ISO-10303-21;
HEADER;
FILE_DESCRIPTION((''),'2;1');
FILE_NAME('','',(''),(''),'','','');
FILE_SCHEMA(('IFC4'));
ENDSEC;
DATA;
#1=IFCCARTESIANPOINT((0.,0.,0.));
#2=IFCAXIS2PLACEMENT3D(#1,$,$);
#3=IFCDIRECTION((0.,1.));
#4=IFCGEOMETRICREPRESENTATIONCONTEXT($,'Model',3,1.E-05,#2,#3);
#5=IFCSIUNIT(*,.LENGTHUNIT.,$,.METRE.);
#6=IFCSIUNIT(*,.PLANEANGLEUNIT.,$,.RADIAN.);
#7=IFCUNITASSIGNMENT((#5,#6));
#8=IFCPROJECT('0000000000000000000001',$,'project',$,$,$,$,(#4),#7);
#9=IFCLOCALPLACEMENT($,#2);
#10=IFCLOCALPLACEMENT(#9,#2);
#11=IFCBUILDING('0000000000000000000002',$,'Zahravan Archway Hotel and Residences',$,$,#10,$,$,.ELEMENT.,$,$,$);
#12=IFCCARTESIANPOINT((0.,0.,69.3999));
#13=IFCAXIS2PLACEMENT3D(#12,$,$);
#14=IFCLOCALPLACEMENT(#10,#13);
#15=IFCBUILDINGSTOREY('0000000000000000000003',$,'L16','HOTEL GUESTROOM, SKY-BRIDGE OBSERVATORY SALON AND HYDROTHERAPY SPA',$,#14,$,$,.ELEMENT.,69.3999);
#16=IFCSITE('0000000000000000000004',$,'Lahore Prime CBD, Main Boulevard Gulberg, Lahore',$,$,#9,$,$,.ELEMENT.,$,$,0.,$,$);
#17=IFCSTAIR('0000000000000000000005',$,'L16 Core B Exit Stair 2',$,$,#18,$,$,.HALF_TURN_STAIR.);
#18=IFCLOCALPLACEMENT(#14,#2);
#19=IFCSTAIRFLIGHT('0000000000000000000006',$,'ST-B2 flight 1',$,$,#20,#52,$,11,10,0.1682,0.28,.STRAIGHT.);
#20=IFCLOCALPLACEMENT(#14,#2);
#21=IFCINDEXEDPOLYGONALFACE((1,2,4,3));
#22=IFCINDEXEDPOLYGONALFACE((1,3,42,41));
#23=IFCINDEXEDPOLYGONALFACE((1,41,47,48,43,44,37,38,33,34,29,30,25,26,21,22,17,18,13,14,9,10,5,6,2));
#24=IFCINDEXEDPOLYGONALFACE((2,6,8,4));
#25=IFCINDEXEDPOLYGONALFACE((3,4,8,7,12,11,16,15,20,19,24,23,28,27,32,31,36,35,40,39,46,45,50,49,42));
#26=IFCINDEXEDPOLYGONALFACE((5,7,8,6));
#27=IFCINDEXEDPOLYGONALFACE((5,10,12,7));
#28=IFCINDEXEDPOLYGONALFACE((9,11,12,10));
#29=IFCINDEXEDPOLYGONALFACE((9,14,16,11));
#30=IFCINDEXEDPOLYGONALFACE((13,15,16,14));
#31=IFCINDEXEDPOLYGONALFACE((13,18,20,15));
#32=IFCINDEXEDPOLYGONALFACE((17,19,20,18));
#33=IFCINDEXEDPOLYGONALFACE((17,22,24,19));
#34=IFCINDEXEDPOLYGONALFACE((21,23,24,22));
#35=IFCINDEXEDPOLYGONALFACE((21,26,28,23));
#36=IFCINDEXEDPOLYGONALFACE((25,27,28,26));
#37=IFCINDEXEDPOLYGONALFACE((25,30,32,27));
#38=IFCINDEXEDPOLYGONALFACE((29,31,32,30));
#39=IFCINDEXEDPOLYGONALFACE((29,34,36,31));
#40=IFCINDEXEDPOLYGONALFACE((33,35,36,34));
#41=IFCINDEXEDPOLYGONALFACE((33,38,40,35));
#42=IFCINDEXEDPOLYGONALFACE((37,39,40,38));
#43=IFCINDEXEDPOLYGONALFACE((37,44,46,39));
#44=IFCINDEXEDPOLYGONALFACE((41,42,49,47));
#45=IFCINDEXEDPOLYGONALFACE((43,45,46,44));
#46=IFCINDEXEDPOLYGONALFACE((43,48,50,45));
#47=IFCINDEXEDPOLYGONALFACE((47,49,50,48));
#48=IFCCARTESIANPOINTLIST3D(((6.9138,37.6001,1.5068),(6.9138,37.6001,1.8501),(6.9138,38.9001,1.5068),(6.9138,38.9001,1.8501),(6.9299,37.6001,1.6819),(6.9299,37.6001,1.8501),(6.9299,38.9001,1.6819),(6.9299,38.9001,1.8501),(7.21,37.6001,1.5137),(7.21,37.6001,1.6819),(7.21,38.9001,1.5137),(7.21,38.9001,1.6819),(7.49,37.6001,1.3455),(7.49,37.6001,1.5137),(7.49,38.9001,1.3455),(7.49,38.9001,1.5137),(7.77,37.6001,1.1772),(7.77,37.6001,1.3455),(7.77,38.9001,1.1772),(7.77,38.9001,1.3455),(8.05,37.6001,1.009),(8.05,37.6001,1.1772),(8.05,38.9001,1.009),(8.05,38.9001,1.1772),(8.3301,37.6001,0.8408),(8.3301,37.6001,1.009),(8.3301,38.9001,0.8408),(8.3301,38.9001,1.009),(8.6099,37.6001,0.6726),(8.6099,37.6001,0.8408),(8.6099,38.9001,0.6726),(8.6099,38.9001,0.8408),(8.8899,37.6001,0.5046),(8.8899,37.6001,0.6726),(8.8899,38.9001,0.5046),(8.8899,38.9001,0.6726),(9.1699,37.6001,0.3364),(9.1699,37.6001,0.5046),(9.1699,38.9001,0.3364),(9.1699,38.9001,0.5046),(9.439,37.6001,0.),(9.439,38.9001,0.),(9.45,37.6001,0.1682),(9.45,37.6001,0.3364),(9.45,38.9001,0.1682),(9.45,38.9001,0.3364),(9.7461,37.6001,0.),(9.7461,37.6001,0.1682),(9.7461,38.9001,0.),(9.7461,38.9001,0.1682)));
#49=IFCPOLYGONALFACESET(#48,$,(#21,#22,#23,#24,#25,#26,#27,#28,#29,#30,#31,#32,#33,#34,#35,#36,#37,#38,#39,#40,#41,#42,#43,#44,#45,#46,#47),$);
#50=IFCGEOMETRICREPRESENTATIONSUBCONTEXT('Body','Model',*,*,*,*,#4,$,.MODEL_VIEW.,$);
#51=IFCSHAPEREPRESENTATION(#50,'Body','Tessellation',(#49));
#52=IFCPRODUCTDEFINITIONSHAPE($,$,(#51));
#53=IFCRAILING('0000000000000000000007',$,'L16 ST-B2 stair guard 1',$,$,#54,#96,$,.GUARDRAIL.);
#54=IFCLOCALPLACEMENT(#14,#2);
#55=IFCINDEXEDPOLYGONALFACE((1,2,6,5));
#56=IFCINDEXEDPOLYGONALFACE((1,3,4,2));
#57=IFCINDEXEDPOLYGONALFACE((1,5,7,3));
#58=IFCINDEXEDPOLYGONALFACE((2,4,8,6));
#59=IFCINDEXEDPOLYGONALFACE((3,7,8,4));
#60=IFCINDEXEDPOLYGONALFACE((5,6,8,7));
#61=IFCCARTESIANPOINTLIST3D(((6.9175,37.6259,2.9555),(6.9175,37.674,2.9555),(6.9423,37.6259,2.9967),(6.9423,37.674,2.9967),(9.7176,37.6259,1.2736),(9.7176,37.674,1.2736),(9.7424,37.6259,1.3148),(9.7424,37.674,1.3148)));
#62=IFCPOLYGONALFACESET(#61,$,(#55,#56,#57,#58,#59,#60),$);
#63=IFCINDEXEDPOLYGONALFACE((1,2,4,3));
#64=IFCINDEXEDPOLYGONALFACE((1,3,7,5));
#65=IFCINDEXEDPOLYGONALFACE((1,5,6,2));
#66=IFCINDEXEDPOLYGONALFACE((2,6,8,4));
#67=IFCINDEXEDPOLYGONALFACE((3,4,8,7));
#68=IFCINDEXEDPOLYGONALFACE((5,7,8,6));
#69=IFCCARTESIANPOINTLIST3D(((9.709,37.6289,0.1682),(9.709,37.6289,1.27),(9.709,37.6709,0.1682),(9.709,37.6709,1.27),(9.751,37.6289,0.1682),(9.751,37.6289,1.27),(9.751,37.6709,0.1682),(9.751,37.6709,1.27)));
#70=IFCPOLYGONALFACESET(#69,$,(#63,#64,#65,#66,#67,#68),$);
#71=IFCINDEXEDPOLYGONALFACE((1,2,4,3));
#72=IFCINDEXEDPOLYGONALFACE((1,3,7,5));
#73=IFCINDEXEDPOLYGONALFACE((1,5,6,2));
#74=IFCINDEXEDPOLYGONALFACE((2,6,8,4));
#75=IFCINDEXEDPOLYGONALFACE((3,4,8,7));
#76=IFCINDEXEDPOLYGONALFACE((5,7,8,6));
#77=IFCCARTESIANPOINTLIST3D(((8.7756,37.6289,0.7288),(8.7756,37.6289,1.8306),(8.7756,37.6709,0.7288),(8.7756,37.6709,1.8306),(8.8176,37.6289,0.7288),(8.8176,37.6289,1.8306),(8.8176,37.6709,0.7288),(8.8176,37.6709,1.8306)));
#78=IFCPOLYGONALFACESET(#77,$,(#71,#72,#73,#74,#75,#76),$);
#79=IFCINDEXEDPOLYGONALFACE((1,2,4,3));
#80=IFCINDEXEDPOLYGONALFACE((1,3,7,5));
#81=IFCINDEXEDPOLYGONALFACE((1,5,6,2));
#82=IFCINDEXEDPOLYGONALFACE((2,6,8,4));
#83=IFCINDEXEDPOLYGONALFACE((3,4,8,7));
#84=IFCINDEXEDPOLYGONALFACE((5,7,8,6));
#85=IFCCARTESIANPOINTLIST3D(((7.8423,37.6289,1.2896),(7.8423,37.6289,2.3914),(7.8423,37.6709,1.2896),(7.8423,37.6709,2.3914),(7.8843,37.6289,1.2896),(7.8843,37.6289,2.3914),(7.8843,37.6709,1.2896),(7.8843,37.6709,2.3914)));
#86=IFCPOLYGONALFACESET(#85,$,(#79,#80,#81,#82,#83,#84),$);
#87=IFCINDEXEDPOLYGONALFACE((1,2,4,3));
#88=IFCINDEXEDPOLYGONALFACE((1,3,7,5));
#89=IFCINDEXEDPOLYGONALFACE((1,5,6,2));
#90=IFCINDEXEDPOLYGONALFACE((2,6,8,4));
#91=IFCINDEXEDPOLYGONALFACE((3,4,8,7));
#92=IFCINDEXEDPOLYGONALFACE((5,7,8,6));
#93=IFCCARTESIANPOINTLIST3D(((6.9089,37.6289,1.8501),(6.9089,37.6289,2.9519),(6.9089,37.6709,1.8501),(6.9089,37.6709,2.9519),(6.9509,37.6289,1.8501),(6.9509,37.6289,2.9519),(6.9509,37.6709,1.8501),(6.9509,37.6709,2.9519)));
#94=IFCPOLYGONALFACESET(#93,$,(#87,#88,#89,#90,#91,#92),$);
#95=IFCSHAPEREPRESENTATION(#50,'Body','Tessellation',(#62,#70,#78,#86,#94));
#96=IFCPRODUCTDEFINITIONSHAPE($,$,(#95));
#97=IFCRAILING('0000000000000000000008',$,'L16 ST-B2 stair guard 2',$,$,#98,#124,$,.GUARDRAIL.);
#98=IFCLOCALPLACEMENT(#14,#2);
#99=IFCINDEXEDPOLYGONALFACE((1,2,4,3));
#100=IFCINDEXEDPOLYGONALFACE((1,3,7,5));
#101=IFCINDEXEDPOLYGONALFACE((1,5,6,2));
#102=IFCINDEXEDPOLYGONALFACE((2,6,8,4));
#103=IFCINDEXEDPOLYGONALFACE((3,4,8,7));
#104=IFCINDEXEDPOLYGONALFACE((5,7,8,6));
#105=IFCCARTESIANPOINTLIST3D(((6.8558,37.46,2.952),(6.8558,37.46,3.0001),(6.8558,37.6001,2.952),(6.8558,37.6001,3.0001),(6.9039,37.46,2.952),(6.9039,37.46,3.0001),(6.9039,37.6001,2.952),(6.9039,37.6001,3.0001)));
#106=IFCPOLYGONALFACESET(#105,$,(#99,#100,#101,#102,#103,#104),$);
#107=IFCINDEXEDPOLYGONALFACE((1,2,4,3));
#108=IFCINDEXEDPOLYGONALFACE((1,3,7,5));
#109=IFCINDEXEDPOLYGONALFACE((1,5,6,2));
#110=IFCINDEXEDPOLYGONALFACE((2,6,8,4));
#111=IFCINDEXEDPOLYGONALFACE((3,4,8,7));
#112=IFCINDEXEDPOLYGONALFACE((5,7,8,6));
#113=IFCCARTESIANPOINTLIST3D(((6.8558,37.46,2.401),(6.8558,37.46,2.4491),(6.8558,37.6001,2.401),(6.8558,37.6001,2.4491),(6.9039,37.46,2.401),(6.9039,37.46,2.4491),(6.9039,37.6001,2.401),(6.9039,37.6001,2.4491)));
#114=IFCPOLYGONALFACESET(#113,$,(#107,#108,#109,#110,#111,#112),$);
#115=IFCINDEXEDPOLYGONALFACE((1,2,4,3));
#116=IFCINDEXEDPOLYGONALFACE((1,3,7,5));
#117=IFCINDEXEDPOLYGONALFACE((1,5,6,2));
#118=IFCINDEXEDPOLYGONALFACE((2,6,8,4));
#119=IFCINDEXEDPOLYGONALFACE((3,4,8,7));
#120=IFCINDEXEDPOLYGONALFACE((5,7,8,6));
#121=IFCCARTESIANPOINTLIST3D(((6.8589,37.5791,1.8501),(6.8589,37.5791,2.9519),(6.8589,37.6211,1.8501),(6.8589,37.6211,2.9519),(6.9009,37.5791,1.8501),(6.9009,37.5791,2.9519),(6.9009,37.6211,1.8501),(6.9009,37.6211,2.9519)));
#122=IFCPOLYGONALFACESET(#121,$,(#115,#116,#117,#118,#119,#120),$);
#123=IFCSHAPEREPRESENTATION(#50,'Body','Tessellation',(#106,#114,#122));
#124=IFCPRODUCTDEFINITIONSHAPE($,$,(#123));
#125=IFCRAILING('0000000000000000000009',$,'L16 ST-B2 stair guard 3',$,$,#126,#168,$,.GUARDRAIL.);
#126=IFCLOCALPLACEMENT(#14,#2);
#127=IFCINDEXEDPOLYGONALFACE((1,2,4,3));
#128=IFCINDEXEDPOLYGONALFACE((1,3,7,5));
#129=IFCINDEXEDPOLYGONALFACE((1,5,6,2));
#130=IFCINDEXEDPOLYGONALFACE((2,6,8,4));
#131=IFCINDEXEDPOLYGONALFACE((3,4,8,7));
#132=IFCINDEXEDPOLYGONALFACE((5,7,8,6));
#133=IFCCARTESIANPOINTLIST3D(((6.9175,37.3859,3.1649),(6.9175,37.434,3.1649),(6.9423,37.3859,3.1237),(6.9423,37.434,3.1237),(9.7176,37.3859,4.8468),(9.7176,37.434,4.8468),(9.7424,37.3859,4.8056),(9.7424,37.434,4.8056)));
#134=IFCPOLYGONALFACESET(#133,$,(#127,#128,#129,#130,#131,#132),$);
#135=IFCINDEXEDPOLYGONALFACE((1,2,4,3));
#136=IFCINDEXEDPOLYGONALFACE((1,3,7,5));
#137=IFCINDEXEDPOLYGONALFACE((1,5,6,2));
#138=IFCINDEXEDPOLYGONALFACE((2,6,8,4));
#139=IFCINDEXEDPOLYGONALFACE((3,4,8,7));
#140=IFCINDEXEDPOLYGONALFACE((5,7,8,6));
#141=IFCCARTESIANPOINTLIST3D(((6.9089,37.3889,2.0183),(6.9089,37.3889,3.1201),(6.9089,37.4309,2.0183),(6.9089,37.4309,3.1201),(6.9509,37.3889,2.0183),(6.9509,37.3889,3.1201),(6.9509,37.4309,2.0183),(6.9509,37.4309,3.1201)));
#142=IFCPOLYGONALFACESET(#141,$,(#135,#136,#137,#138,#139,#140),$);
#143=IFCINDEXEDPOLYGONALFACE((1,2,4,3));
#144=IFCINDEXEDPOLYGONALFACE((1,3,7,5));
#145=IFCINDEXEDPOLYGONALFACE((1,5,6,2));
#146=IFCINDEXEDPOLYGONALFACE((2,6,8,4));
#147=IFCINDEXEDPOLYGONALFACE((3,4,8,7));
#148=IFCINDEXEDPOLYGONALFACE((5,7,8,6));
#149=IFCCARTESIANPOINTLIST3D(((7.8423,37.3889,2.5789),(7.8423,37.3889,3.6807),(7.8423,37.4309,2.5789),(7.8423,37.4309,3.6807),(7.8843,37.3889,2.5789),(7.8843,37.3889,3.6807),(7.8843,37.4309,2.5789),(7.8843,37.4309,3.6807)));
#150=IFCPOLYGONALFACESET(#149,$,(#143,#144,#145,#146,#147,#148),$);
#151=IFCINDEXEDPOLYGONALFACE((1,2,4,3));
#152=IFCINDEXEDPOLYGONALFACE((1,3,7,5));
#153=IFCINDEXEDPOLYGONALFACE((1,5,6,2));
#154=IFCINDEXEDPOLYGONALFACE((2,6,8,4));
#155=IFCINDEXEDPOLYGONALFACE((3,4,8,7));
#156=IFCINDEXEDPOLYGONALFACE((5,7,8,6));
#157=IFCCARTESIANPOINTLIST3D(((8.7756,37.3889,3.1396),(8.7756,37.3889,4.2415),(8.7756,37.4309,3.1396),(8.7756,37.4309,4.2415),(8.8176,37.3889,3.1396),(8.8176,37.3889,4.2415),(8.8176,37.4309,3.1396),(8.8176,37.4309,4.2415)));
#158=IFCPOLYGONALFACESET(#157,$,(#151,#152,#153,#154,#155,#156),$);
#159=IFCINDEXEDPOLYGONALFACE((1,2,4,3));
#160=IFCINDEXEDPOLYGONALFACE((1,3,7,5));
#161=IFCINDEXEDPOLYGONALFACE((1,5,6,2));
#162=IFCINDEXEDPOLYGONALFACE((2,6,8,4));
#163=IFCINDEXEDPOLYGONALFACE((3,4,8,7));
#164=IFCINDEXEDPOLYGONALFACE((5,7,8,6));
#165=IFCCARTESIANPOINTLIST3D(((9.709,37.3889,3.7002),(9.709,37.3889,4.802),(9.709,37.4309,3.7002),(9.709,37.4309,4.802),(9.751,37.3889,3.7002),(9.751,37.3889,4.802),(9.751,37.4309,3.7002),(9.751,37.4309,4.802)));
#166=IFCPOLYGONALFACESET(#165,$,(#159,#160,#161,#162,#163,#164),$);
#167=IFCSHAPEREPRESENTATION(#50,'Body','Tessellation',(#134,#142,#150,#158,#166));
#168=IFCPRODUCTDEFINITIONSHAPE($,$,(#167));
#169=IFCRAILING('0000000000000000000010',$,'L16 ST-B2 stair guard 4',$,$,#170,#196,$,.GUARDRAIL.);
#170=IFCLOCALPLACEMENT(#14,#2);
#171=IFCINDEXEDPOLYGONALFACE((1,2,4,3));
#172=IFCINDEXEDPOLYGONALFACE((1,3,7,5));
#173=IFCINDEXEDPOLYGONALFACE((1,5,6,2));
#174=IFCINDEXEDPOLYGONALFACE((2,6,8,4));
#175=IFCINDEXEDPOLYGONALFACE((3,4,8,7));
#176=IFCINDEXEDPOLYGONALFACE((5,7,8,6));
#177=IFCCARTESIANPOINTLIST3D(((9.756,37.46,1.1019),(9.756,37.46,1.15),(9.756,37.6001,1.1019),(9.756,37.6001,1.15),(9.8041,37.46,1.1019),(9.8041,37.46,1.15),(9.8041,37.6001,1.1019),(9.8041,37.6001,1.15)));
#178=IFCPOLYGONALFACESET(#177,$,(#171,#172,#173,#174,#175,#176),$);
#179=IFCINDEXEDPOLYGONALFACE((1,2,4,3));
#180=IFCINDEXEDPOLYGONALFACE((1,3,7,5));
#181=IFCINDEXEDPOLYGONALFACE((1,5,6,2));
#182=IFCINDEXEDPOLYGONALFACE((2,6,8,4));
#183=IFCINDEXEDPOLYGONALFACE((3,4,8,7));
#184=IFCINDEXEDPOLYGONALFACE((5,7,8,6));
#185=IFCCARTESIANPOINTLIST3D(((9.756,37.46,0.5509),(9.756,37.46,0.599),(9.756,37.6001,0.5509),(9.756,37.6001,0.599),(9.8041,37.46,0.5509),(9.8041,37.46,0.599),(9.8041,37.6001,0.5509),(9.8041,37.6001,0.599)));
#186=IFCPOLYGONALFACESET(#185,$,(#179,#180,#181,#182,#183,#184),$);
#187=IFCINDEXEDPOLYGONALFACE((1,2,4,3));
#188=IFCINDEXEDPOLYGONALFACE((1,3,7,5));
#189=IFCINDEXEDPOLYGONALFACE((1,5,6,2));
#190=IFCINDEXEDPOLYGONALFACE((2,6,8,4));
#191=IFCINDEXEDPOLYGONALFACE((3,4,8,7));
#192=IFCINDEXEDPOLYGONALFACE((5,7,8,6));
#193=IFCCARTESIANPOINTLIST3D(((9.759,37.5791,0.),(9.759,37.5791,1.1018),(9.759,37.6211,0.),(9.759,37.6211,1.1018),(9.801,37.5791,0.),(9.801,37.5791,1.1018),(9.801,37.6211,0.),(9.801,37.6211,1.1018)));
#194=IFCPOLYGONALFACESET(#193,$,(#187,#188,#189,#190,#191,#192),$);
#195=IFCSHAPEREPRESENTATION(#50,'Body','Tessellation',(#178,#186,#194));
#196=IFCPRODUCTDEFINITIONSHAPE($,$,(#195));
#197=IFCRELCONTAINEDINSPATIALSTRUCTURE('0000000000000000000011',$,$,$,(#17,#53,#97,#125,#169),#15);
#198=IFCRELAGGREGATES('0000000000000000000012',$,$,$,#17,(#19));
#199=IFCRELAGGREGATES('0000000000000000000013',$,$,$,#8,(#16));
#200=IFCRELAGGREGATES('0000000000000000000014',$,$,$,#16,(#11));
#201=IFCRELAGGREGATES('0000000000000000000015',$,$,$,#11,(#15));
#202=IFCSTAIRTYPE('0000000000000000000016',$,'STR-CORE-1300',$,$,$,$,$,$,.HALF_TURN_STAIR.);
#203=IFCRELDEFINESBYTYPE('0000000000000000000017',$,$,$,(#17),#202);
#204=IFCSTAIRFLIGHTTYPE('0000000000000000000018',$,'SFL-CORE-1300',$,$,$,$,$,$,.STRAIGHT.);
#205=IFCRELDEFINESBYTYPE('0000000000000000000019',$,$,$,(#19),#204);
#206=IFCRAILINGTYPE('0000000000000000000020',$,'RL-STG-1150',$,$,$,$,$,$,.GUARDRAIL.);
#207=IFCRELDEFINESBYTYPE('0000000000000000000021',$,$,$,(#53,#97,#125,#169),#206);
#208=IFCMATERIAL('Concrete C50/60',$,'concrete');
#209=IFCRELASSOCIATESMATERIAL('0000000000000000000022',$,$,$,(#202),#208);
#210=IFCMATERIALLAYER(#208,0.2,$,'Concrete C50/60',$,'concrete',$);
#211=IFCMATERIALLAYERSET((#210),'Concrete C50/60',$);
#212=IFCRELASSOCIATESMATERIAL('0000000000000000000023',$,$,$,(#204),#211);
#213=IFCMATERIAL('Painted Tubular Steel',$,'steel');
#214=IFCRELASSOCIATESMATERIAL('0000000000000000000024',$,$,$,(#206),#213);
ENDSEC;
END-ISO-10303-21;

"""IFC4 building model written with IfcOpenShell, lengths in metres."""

from ifc_helpers import new_model, si_unit, direction, frame, origin, origin_2d, place, context, subcontext, project, spatial, polyline, rectangle, outline, extrude, source, transform, mapped, material, layer, layer_set, type_object, element, aggregate, save


model = new_model("IFC4")

# Units and contexts
model_context = context("Model", 3, precision=1e-05, world=origin(), true_north=direction((0.0, 1.0)))
body_context = subcontext(model_context, "Body", "Model", "MODEL_VIEW")
ifc_project = project(units=[si_unit("LENGTHUNIT", "METRE"), si_unit("PLANEANGLEUNIT", "RADIAN")], contexts=[model_context])

# Site, building, storey
site_placement = place(None, origin())
site = spatial("IfcSite", under=ifc_project, at=site_placement, Name="Lahore Prime CBD, Main Boulevard Gulberg, Lahore", CompositionType="ELEMENT", RefElevation=0.0)
building_placement = place(site_placement, origin())
building = spatial("IfcBuilding", under=site, at=building_placement, Name="Zahravan Archway Hotel and Residences", CompositionType="ELEMENT")
storey_placement = place(building_placement, frame((0.0, 0.0, 69.3999)))
storey = spatial("IfcBuildingStorey", under=building, at=storey_placement, Name="L16", Description="HOTEL GUESTROOM, SKY-BRIDGE OBSERVATORY SALON AND HYDROTHERAPY SPA", CompositionType="ELEMENT", Elevation=69.3999)

# Shared definitions
ifc_material_1 = material(Name="Concrete C50/60", Category="concrete")

# Stair, stair flight
stair_type = type_object("IfcStairType", Name="STR-CORE-1300", PredefinedType="HALF_TURN_STAIR", material=ifc_material_1)
stair_placement = place(storey_placement, origin())
stair = element("IfcStair", 1, at=stair_placement, inside=storey, type_object=stair_type, Name="L16 Core B Exit Stair 2", PredefinedType="HALF_TURN_STAIR")
ifc_layer_1 = layer(ifc_material_1, 0.2, Name="Concrete C50/60", Category="concrete")
ifc_layer_set_1 = layer_set([ifc_layer_1], Name="Concrete C50/60")
stair_flight_type = type_object("IfcStairFlightType", Name="SFL-CORE-1300", PredefinedType="STRAIGHT", material=ifc_layer_set_1)
shared_shape_1 = source(origin(), body_context, "Body", "SweptSolid", [
    extrude(outline(polyline([(-0.0161, 0.0), (-0.0161, 0.1682), (0.28, 0.1682), (0.28, 0.3364), (0.5601, 0.3364), (0.5601, 0.5046), (0.8401, 0.5046), (0.8401, 0.6726), (1.1201, 0.6726), (1.1201, 0.8408), (1.3999, 0.8408), (1.3999, 1.009), (1.6799, 1.009), (1.6799, 1.1772), (1.96, 1.1772), (1.96, 1.3455), (2.24, 1.3455), (2.24, 1.5137), (2.52, 1.5137), (2.52, 1.6819), (2.8, 1.6819), (2.8, 1.8501), (2.8162, 1.8501), (2.8162, 1.5068), (0.291, 0.0), (-0.0161, 0.0)])), frame((0.0, 0.6499, 0.0), z_axis=(0.0, -1.0, 0.0), x_axis=(1.0, 0.0, 0.0)), (0.0, 0.0, 1.0), 1.3),
])
stair_flight_placement = place(storey_placement, frame((9.73, 38.25, 0.0), z_axis=(0.0, 0.0, 1.0), x_axis=(-1.0, 0.0, 0.0)))
stair_flight = element("IfcStairFlight", 2, at=stair_flight_placement, type_object=stair_flight_type, Name="ST-B2 flight 1", NumberOfRisers=11, NumberOfTreads=10, PredefinedType="STRAIGHT", RiserHeight=0.1682, TreadLength=0.28, context=body_context, shape_type="MappedRepresentation", body=[
    mapped(shared_shape_1, transform((0.0, 0.0, 0.0), scale=1.0)),
])
aggregate(stair, [stair_flight])

# Railings
ifc_material_2 = material(Name="Painted Tubular Steel", Category="steel")
railing_type_1 = type_object("IfcRailingType", Name="RL-STG-1150", PredefinedType="GUARDRAIL", material=ifc_material_2)
railing_1_placement = place(storey_placement, frame((9.73, 37.6499, 0.1682)))
element("IfcRailing", 3, at=railing_1_placement, inside=storey, type_object=railing_type_1, Name="L16 ST-B2 stair guard 1", PredefinedType="GUARDRAIL", context=body_context, shape_type="SweptSolid", body=[
    extrude(rectangle(XDim=0.0481, YDim=0.0481, at=origin_2d()), frame((0.0, 0.0, 1.126), z_axis=(-0.857242, 0.0, 0.514913), x_axis=(0.0, -1.0, 0.0)), (0.0, 0.0, 1.0), 3.2664),
    extrude(rectangle(XDim=0.042, YDim=0.042, at=origin_2d()), origin(), (0.0, 0.0, 1.0), 1.1018),
    extrude(rectangle(XDim=0.042, YDim=0.042, at=origin_2d()), frame((-0.9333, 0.0, 0.5605)), (0.0, 0.0, 1.0), 1.1018),
    extrude(rectangle(XDim=0.042, YDim=0.042, at=origin_2d()), frame((-1.8667, 0.0, 1.1213)), (0.0, 0.0, 1.0), 1.1018),
    extrude(rectangle(XDim=0.042, YDim=0.042, at=origin_2d()), frame((-2.8, 0.0, 1.6819)), (0.0, 0.0, 1.0), 1.1018),
])
railing_2_placement = place(storey_placement, frame((6.8799, 37.6001, 1.8501)))
element("IfcRailing", 4, at=railing_2_placement, inside=storey, type_object=railing_type_1, Name="L16 ST-B2 stair guard 2", PredefinedType="GUARDRAIL", context=body_context, shape_type="SweptSolid", body=[
    extrude(rectangle(XDim=0.0481, YDim=0.0481, at=origin_2d()), frame((0.0, 0.0, 1.126), z_axis=(0.0, -1.0, 0.0), x_axis=(1.0, 0.0, 0.0)), (0.0, 0.0, 1.0), 0.1401),
    extrude(rectangle(XDim=0.0481, YDim=0.0481, at=origin_2d()), frame((0.0, 0.0, 0.575), z_axis=(0.0, -1.0, 0.0), x_axis=(1.0, 0.0, 0.0)), (0.0, 0.0, 1.0), 0.1401),
    extrude(rectangle(XDim=0.042, YDim=0.042, at=origin_2d()), origin(), (0.0, 0.0, 1.0), 1.1018),
])
railing_3_placement = place(storey_placement, frame((6.9299, 37.4099, 2.0183)))
element("IfcRailing", 5, at=railing_3_placement, inside=storey, type_object=railing_type_1, Name="L16 ST-B2 stair guard 3", PredefinedType="GUARDRAIL", context=body_context, shape_type="SweptSolid", body=[
    extrude(rectangle(XDim=0.0481, YDim=0.0481, at=origin_2d()), frame((0.0, 0.0, 1.126), z_axis=(0.857242, 0.0, 0.514913), x_axis=(0.0, 1.0, 0.0)), (0.0, 0.0, 1.0), 3.2664),
    extrude(rectangle(XDim=0.042, YDim=0.042, at=origin_2d()), origin(), (0.0, 0.0, 1.0), 1.1018),
    extrude(rectangle(XDim=0.042, YDim=0.042, at=origin_2d()), frame((0.9333, 0.0, 0.5605)), (0.0, 0.0, 1.0), 1.1018),
    extrude(rectangle(XDim=0.042, YDim=0.042, at=origin_2d()), frame((1.8667, 0.0, 1.1213)), (0.0, 0.0, 1.0), 1.1018),
    extrude(rectangle(XDim=0.042, YDim=0.042, at=origin_2d()), frame((2.8, 0.0, 1.6819)), (0.0, 0.0, 1.0), 1.1018),
])
railing_4_placement = place(storey_placement, frame((9.78, 37.6001, 0.0)))
element("IfcRailing", 6, at=railing_4_placement, inside=storey, type_object=railing_type_1, Name="L16 ST-B2 stair guard 4", PredefinedType="GUARDRAIL", context=body_context, shape_type="SweptSolid", body=[
    extrude(rectangle(XDim=0.0481, YDim=0.0481, at=origin_2d()), frame((0.0, 0.0, 1.126), z_axis=(0.0, -1.0, 0.0), x_axis=(1.0, 0.0, 0.0)), (0.0, 0.0, 1.0), 0.1401),
    extrude(rectangle(XDim=0.0481, YDim=0.0481, at=origin_2d()), frame((0.0, 0.0, 0.575), z_axis=(0.0, -1.0, 0.0), x_axis=(1.0, 0.0, 0.0)), (0.0, 0.0, 1.0), 0.1401),
    extrude(rectangle(XDim=0.042, YDim=0.042, at=origin_2d()), origin(), (0.0, 0.0, 1.0), 1.1018),
])

save(model, "model.ifc")
